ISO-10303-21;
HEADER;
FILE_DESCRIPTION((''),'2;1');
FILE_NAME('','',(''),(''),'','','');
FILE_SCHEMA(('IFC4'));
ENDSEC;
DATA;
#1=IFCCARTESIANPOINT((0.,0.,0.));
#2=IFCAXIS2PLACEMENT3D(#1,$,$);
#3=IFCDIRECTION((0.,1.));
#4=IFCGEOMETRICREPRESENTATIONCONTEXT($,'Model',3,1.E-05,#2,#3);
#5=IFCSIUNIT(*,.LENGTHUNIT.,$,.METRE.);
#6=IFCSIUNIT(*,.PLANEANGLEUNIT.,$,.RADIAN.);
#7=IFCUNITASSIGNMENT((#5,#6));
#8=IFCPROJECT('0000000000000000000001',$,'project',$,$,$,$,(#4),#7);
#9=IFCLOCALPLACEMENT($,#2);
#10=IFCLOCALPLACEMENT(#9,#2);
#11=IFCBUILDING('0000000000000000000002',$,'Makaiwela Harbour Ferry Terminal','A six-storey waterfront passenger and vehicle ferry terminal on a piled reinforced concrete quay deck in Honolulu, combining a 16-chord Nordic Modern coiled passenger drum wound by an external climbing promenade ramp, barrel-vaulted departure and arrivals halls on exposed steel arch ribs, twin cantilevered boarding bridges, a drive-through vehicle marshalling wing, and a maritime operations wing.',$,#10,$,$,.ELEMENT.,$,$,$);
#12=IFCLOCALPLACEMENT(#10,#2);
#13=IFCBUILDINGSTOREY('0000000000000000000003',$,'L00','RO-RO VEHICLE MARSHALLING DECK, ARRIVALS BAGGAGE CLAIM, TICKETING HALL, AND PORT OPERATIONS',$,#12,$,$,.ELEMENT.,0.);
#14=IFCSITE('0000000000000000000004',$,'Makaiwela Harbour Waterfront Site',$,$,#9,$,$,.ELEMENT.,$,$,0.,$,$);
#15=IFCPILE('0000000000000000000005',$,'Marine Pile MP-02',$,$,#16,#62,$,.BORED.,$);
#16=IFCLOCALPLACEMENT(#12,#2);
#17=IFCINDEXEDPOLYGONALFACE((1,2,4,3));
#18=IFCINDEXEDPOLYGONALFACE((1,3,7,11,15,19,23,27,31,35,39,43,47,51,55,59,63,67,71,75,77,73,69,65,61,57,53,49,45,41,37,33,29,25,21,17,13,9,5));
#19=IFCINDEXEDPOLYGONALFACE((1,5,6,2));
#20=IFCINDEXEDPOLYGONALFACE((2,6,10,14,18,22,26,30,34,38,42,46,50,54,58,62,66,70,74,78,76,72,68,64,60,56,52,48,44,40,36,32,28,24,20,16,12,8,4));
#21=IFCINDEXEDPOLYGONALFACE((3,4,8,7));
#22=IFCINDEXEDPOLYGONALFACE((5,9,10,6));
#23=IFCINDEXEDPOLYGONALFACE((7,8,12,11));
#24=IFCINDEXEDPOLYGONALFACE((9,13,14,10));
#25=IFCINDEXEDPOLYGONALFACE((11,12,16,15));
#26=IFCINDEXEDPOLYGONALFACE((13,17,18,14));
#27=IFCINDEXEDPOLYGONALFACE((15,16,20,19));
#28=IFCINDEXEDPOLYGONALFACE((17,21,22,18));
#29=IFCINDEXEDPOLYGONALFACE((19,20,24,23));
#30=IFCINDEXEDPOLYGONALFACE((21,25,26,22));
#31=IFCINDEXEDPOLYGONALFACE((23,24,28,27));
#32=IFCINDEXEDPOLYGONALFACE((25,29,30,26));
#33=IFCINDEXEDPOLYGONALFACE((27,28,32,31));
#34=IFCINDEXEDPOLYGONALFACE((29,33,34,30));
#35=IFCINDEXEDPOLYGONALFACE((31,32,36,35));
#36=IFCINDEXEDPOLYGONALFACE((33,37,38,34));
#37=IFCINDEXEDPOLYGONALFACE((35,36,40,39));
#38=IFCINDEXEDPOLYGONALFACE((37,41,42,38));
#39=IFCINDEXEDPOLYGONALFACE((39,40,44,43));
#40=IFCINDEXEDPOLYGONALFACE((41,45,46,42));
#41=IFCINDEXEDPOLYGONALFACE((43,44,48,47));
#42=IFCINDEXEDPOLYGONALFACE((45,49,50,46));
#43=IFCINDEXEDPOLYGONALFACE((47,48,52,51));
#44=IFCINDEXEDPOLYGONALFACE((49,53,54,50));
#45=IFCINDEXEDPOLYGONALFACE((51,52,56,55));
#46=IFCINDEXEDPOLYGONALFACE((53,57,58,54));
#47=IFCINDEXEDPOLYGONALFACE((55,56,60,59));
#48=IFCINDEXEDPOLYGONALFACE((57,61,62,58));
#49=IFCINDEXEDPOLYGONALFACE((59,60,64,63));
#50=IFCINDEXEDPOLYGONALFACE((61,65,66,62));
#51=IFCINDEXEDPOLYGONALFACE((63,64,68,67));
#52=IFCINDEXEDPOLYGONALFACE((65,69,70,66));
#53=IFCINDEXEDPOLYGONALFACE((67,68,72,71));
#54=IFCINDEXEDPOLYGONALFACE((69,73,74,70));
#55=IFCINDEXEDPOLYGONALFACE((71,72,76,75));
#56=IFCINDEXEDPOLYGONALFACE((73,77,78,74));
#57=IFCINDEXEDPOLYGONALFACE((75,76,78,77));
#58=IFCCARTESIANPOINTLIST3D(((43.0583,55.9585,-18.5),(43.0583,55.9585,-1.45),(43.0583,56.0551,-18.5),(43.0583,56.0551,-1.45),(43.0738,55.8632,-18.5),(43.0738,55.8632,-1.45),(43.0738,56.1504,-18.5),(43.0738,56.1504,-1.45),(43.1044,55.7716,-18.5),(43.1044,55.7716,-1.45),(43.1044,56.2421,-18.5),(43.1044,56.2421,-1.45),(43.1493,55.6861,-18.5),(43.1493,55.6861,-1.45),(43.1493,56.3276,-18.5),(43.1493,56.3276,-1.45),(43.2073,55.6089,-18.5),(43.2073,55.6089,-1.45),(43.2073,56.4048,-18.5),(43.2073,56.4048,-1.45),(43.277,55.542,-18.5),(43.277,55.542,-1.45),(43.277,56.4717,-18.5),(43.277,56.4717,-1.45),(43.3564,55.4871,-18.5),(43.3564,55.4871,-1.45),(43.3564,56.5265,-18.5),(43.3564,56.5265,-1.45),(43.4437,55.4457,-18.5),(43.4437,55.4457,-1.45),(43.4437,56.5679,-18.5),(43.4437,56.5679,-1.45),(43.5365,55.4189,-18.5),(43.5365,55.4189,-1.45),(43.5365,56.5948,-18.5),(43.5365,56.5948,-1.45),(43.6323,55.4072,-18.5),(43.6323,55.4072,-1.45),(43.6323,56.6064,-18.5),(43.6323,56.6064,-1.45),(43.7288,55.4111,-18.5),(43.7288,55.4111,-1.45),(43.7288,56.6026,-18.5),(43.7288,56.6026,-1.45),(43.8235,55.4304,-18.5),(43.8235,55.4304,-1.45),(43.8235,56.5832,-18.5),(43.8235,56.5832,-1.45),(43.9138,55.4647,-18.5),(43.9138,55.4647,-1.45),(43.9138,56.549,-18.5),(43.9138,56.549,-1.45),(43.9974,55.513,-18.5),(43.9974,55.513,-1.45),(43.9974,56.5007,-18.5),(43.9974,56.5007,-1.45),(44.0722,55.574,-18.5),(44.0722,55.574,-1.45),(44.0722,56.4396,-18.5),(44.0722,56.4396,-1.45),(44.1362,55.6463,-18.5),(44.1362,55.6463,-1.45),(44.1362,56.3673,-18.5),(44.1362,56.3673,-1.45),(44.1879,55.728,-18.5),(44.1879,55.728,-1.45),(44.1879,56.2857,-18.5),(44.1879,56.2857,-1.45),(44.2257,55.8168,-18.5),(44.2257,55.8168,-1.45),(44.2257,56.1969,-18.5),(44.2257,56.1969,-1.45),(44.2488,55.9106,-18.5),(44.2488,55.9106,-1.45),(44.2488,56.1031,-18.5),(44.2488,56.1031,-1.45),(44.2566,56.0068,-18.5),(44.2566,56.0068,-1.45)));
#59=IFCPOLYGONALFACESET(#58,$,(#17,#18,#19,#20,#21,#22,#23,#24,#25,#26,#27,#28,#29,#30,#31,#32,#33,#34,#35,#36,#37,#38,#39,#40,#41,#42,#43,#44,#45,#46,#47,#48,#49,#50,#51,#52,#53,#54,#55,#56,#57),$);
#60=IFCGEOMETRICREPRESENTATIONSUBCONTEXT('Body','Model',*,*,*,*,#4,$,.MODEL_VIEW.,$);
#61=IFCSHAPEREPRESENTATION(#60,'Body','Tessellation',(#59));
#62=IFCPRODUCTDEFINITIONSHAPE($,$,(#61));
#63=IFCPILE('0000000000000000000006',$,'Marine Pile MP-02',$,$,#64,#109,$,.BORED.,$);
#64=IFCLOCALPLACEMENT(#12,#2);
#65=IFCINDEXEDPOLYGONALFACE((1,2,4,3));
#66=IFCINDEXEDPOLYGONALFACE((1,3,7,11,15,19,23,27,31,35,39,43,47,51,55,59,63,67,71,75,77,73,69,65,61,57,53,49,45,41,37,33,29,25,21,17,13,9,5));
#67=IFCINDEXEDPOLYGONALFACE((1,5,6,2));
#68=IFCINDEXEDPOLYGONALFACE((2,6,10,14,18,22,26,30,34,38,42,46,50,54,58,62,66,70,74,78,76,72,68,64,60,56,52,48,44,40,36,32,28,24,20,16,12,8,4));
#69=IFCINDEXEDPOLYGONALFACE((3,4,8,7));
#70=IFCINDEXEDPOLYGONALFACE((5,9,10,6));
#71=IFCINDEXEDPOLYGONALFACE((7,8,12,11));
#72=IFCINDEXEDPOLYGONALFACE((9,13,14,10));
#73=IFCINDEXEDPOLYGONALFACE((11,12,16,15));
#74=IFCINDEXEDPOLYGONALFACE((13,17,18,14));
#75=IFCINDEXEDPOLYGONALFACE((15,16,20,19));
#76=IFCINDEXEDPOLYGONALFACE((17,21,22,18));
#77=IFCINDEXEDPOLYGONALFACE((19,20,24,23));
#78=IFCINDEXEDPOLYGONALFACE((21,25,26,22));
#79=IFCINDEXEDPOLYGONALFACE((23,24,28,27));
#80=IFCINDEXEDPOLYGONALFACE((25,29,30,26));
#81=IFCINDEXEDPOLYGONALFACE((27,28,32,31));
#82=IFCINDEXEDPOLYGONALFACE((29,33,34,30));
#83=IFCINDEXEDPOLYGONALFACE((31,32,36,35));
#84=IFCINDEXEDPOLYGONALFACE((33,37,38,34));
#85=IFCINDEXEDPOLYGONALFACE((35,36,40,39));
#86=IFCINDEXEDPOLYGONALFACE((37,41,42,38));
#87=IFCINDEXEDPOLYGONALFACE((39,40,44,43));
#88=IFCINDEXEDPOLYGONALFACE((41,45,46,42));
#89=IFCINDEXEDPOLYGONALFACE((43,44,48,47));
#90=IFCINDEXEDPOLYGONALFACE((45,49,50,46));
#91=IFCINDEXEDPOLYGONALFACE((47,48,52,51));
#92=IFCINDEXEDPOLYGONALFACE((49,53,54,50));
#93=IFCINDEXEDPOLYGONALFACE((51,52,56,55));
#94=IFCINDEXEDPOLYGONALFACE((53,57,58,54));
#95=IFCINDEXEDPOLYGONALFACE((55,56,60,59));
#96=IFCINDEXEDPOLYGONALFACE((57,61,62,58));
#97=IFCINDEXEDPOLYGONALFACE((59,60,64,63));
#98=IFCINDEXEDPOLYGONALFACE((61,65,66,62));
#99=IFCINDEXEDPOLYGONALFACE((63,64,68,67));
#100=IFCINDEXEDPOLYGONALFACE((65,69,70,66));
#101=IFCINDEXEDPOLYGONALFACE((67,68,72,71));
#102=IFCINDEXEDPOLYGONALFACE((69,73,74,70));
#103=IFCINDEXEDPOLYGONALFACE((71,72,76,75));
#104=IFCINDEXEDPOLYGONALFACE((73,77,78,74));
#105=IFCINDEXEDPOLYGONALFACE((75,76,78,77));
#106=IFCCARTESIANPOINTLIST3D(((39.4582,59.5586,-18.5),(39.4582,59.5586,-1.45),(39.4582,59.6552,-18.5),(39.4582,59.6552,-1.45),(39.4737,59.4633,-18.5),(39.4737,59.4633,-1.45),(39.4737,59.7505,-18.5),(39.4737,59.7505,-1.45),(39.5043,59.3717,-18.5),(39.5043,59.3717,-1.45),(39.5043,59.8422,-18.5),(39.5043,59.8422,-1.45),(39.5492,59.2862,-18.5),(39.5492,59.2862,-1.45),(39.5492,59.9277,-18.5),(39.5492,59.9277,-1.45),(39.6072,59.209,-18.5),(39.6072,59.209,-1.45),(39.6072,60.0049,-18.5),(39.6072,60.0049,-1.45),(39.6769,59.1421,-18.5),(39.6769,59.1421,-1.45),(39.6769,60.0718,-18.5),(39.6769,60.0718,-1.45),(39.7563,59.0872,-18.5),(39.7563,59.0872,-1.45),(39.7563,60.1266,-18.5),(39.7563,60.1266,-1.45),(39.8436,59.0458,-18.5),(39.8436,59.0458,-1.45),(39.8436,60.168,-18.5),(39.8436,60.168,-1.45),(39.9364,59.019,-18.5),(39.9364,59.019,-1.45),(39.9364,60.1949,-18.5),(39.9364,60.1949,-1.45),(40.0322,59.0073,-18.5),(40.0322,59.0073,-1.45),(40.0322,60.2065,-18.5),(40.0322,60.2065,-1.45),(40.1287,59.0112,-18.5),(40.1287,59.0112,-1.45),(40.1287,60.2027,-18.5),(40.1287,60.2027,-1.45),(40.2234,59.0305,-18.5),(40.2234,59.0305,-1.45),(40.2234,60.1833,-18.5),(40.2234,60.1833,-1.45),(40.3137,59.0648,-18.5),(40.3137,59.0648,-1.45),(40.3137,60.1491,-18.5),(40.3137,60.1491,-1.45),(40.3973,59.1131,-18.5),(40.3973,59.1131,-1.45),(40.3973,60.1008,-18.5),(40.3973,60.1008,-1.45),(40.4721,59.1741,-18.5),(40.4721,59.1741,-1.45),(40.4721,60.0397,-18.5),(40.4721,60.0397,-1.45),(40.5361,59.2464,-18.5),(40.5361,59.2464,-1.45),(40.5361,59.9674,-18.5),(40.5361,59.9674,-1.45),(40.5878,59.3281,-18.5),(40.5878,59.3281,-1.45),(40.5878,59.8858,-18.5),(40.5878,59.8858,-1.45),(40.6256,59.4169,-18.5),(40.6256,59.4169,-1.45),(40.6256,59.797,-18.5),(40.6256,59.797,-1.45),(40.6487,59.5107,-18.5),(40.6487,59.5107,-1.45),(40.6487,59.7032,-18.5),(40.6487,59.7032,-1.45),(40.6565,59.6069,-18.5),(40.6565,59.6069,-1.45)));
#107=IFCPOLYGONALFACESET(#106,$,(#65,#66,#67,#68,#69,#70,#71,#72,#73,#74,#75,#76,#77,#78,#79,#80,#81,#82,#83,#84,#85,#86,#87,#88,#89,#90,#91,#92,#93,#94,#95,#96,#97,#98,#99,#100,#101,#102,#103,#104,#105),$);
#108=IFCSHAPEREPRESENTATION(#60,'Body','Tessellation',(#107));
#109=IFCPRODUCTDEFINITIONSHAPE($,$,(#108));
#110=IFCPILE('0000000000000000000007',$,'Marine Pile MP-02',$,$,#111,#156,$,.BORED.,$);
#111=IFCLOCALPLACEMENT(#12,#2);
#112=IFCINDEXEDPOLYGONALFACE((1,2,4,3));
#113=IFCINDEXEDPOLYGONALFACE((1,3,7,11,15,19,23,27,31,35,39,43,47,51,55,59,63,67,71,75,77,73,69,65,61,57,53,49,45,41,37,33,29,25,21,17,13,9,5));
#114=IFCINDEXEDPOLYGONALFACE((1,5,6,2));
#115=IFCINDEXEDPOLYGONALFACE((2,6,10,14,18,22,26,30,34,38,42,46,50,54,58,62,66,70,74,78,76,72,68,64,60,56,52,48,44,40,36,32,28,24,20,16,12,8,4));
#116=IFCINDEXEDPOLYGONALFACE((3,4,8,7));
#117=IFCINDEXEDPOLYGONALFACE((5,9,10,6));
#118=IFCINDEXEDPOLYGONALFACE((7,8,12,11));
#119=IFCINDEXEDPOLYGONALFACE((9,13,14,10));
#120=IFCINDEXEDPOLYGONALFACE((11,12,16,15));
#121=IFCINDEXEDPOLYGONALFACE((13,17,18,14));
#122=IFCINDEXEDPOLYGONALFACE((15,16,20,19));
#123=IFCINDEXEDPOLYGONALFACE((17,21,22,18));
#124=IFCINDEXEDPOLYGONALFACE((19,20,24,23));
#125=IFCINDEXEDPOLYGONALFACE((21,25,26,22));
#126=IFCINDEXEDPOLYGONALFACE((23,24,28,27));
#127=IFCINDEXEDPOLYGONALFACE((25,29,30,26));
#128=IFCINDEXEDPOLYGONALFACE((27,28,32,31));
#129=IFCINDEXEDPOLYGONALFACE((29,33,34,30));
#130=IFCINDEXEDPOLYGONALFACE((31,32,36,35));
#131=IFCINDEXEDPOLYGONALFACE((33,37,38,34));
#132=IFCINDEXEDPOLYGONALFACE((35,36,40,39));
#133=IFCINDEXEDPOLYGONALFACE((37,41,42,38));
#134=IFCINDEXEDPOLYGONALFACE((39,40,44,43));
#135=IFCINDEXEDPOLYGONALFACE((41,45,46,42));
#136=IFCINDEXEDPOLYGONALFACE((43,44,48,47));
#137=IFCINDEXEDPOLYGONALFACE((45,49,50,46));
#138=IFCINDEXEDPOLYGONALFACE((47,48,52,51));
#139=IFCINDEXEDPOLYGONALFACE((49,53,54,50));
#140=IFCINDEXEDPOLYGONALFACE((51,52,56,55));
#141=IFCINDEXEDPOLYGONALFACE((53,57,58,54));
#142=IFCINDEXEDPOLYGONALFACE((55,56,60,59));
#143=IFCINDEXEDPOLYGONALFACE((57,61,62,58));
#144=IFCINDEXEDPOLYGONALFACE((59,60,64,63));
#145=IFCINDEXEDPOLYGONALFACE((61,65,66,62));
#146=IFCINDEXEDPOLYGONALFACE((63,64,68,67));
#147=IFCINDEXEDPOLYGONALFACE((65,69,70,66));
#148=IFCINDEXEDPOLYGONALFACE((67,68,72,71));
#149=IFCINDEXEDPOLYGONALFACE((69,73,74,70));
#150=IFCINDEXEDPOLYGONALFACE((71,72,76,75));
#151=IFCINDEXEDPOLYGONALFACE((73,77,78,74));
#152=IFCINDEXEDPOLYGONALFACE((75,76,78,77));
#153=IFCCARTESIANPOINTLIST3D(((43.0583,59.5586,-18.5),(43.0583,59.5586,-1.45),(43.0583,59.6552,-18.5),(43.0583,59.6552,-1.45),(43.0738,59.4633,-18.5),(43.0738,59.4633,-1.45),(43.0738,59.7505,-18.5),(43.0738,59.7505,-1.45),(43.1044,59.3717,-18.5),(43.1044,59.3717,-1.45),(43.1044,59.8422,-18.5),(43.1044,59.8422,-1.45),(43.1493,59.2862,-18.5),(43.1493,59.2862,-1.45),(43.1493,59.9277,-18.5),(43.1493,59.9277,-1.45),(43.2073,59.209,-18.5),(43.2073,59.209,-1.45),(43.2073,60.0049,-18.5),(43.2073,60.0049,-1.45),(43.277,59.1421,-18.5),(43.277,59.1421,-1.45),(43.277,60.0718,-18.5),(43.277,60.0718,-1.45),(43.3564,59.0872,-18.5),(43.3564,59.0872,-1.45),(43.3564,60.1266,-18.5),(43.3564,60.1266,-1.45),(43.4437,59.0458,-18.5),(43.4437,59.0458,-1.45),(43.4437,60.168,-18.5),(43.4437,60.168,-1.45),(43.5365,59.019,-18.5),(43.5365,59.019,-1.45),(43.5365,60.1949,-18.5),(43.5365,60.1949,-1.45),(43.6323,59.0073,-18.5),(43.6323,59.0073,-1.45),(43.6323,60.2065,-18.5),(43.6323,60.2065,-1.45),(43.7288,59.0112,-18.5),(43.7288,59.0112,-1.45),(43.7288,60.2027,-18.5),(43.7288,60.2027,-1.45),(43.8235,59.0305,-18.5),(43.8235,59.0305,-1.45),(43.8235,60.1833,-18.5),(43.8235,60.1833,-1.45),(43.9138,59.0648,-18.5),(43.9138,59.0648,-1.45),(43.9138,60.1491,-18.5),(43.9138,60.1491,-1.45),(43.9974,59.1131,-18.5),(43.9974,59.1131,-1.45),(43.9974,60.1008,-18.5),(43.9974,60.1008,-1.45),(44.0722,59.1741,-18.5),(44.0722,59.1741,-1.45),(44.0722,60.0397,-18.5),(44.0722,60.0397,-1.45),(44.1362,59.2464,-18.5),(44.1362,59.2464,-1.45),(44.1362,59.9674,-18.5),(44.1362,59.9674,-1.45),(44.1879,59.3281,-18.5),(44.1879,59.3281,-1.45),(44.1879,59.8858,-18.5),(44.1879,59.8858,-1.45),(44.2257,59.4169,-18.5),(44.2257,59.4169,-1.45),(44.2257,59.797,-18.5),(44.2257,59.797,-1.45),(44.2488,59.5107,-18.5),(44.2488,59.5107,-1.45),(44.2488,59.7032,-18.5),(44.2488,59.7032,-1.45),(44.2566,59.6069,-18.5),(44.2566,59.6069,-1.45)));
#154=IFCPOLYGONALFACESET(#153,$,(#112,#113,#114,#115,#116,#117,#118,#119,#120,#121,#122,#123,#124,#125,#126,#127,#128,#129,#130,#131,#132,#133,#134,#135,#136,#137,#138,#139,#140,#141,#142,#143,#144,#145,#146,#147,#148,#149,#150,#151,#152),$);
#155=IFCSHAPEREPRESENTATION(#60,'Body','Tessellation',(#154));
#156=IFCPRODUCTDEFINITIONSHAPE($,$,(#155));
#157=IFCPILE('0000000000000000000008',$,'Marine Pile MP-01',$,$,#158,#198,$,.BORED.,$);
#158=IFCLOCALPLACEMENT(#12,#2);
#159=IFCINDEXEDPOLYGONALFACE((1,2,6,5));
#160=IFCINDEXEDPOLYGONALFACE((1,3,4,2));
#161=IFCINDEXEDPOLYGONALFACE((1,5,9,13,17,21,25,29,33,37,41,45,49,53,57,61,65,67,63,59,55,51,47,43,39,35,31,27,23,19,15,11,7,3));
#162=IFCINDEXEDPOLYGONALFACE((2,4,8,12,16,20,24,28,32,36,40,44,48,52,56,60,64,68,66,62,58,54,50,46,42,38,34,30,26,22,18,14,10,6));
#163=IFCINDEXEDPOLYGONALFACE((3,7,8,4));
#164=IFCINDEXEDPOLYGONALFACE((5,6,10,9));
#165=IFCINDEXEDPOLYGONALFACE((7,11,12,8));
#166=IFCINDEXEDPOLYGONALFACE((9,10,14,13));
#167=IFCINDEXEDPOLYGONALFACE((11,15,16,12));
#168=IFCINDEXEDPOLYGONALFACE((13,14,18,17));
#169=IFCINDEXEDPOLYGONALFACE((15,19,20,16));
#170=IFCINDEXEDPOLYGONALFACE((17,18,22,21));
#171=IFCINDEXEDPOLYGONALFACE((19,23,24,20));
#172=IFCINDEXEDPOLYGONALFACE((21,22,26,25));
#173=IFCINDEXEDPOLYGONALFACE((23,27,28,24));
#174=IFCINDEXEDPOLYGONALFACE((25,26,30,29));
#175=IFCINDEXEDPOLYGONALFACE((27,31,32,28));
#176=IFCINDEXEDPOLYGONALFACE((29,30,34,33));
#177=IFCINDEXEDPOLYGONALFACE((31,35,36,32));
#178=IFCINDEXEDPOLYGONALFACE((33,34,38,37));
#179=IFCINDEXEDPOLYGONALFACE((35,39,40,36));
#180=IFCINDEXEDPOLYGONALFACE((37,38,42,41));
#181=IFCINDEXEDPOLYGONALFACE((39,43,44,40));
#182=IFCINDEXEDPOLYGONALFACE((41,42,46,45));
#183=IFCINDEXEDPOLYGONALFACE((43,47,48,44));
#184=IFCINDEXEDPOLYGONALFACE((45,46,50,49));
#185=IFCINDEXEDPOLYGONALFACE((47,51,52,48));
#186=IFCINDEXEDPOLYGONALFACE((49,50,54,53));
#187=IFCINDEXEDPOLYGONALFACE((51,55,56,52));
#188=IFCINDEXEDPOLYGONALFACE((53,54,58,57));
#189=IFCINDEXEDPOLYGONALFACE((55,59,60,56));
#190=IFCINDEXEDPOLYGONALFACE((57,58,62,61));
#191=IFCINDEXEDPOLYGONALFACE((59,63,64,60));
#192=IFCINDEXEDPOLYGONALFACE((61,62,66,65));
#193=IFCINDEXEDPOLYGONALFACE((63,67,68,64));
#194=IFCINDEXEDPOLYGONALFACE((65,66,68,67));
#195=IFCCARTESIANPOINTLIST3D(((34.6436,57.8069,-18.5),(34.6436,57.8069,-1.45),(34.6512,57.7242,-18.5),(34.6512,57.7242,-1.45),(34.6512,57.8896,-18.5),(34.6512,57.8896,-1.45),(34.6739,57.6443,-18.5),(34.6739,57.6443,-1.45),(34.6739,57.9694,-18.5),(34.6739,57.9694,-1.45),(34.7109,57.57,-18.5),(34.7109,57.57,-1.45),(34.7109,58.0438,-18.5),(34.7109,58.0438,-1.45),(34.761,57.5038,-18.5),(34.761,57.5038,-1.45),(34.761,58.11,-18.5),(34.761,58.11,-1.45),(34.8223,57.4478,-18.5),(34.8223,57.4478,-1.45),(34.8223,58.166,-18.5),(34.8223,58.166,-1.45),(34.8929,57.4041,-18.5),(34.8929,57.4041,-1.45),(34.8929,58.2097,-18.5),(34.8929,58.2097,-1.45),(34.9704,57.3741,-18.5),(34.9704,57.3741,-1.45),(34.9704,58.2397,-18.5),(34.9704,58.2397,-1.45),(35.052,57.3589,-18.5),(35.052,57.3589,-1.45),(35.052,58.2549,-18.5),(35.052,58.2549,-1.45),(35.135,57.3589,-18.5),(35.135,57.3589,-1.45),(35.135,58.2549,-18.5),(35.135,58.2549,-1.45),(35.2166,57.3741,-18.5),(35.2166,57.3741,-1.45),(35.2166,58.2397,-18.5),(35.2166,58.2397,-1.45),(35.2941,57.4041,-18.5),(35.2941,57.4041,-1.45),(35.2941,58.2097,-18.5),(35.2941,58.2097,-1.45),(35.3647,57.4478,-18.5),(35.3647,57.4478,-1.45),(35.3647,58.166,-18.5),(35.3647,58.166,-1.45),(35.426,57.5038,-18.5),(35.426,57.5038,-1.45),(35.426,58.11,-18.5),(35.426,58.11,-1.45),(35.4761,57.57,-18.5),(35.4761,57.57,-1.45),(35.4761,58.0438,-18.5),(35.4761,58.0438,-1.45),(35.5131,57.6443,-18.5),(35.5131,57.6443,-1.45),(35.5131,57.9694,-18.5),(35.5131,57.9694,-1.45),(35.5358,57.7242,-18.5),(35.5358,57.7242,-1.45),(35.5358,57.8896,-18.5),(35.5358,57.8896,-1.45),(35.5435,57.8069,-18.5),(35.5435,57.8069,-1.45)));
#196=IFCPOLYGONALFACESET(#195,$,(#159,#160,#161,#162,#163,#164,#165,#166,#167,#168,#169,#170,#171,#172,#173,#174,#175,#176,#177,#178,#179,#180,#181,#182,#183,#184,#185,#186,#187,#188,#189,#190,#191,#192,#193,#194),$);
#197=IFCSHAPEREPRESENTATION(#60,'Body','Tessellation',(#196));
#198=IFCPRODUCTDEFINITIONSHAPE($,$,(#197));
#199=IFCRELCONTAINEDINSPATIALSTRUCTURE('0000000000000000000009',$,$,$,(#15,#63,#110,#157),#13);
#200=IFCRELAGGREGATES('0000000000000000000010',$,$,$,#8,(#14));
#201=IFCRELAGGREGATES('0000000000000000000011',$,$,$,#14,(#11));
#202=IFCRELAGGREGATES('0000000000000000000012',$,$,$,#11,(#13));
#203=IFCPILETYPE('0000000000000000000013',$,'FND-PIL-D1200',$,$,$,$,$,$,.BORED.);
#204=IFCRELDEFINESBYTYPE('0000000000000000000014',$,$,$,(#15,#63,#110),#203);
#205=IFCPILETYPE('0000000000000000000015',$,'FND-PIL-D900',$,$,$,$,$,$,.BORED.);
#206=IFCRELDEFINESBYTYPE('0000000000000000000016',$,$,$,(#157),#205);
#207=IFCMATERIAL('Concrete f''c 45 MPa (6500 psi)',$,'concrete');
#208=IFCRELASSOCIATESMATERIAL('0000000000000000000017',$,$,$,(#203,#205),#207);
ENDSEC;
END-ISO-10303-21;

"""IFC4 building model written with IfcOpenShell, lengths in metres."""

from ifc_helpers import new_model, si_unit, direction, frame, origin, origin_2d, place, context, subcontext, project, spatial, circle, extrude, material, material_profile, profile_set, type_object, element, save


model = new_model("IFC4")

# Units and contexts
model_context = context("Model", 3, precision=1e-05, world=origin(), true_north=direction((0.0, 1.0)))
body_context = subcontext(model_context, "Body", "Model", "MODEL_VIEW")
ifc_project = project(units=[si_unit("LENGTHUNIT", "METRE"), si_unit("PLANEANGLEUNIT", "RADIAN")], contexts=[model_context])

# Site, building, storey
site_placement = place(None, origin())
site = spatial("IfcSite", under=ifc_project, at=site_placement, Name="Makaiwela Harbour Waterfront Site", CompositionType="ELEMENT", RefElevation=0.0)
building_placement = place(site_placement, origin())
building = spatial("IfcBuilding", under=site, at=building_placement, Name="Makaiwela Harbour Ferry Terminal", Description="A six-storey waterfront passenger and vehicle ferry terminal on a piled reinforced concrete quay deck in Honolulu, combining a 16-chord Nordic Modern coiled passenger drum wound by an external climbing promenade ramp, barrel-vaulted departure and arrivals halls on exposed steel arch ribs, twin cantilevered boarding bridges, a drive-through vehicle marshalling wing, and a maritime operations wing.", CompositionType="ELEMENT")
storey_placement = place(building_placement, origin())
storey = spatial("IfcBuildingStorey", under=building, at=storey_placement, Name="L00", Description="RO-RO VEHICLE MARSHALLING DECK, ARRIVALS BAGGAGE CLAIM, TICKETING HALL, AND PORT OPERATIONS", CompositionType="ELEMENT", Elevation=0.0)

# Shared definitions
ifc_material_1 = material(Name="Concrete f'c 45 MPa (6500 psi)", Category="concrete")

# Piles
ifc_material_profile_1 = material_profile(ifc_material_1, circle(Radius=0.6001, at=origin_2d()), Name="PILE-D1200")
ifc_profile_set_1 = profile_set([ifc_material_profile_1], Name="Concrete f'c 45 MPa (6500 psi)")
pile_type_1 = type_object("IfcPileType", Name="FND-PIL-D1200", PredefinedType="BORED", material=ifc_profile_set_1)
for number, where, z_axis, x_axis, name in (
    (1, (43.6565, 56.0068, -1.45), (0.0, 0.0, -1.0), (1.0, 0.0, 0.0), "Marine Pile MP-02"),
    (2, (40.0564, 59.6069, -1.45), (0.0, 0.0, -1.0), (1.0, 0.0, 0.0), "Marine Pile MP-02"),
    (3, (43.6565, 59.6069, -1.45), (0.0, 0.0, -1.0), (1.0, 0.0, 0.0), "Marine Pile MP-02"),
):
    element("IfcPile", number, at=place(storey_placement, frame(where, z_axis=z_axis, x_axis=x_axis)), inside=storey, type_object=pile_type_1, Name=name, PredefinedType="BORED", context=body_context, shape_type="SweptSolid", body=[
        extrude(circle(Radius=0.6001, at=origin_2d()), origin(), (0.0, 0.0, 1.0), 17.05),
    ])
ifc_material_profile_2 = material_profile(ifc_material_1, circle(Radius=0.45, at=origin_2d()), Name="PILE-D900")
ifc_profile_set_2 = profile_set([ifc_material_profile_2], Name="Concrete f'c 45 MPa (6500 psi)")
pile_type_2 = type_object("IfcPileType", Name="FND-PIL-D900", PredefinedType="BORED", material=ifc_profile_set_2)
pile_placement = place(storey_placement, frame((35.0935, 57.8069, -1.45), z_axis=(0.0, 0.0, -1.0), x_axis=(1.0, 0.0, 0.0)))
element("IfcPile", 4, at=pile_placement, inside=storey, type_object=pile_type_2, Name="Marine Pile MP-01", PredefinedType="BORED", context=body_context, shape_type="SweptSolid", body=[
    extrude(circle(Radius=0.45, at=origin_2d()), origin(), (0.0, 0.0, 1.0), 17.05),
])

save(model, "model.ifc")
